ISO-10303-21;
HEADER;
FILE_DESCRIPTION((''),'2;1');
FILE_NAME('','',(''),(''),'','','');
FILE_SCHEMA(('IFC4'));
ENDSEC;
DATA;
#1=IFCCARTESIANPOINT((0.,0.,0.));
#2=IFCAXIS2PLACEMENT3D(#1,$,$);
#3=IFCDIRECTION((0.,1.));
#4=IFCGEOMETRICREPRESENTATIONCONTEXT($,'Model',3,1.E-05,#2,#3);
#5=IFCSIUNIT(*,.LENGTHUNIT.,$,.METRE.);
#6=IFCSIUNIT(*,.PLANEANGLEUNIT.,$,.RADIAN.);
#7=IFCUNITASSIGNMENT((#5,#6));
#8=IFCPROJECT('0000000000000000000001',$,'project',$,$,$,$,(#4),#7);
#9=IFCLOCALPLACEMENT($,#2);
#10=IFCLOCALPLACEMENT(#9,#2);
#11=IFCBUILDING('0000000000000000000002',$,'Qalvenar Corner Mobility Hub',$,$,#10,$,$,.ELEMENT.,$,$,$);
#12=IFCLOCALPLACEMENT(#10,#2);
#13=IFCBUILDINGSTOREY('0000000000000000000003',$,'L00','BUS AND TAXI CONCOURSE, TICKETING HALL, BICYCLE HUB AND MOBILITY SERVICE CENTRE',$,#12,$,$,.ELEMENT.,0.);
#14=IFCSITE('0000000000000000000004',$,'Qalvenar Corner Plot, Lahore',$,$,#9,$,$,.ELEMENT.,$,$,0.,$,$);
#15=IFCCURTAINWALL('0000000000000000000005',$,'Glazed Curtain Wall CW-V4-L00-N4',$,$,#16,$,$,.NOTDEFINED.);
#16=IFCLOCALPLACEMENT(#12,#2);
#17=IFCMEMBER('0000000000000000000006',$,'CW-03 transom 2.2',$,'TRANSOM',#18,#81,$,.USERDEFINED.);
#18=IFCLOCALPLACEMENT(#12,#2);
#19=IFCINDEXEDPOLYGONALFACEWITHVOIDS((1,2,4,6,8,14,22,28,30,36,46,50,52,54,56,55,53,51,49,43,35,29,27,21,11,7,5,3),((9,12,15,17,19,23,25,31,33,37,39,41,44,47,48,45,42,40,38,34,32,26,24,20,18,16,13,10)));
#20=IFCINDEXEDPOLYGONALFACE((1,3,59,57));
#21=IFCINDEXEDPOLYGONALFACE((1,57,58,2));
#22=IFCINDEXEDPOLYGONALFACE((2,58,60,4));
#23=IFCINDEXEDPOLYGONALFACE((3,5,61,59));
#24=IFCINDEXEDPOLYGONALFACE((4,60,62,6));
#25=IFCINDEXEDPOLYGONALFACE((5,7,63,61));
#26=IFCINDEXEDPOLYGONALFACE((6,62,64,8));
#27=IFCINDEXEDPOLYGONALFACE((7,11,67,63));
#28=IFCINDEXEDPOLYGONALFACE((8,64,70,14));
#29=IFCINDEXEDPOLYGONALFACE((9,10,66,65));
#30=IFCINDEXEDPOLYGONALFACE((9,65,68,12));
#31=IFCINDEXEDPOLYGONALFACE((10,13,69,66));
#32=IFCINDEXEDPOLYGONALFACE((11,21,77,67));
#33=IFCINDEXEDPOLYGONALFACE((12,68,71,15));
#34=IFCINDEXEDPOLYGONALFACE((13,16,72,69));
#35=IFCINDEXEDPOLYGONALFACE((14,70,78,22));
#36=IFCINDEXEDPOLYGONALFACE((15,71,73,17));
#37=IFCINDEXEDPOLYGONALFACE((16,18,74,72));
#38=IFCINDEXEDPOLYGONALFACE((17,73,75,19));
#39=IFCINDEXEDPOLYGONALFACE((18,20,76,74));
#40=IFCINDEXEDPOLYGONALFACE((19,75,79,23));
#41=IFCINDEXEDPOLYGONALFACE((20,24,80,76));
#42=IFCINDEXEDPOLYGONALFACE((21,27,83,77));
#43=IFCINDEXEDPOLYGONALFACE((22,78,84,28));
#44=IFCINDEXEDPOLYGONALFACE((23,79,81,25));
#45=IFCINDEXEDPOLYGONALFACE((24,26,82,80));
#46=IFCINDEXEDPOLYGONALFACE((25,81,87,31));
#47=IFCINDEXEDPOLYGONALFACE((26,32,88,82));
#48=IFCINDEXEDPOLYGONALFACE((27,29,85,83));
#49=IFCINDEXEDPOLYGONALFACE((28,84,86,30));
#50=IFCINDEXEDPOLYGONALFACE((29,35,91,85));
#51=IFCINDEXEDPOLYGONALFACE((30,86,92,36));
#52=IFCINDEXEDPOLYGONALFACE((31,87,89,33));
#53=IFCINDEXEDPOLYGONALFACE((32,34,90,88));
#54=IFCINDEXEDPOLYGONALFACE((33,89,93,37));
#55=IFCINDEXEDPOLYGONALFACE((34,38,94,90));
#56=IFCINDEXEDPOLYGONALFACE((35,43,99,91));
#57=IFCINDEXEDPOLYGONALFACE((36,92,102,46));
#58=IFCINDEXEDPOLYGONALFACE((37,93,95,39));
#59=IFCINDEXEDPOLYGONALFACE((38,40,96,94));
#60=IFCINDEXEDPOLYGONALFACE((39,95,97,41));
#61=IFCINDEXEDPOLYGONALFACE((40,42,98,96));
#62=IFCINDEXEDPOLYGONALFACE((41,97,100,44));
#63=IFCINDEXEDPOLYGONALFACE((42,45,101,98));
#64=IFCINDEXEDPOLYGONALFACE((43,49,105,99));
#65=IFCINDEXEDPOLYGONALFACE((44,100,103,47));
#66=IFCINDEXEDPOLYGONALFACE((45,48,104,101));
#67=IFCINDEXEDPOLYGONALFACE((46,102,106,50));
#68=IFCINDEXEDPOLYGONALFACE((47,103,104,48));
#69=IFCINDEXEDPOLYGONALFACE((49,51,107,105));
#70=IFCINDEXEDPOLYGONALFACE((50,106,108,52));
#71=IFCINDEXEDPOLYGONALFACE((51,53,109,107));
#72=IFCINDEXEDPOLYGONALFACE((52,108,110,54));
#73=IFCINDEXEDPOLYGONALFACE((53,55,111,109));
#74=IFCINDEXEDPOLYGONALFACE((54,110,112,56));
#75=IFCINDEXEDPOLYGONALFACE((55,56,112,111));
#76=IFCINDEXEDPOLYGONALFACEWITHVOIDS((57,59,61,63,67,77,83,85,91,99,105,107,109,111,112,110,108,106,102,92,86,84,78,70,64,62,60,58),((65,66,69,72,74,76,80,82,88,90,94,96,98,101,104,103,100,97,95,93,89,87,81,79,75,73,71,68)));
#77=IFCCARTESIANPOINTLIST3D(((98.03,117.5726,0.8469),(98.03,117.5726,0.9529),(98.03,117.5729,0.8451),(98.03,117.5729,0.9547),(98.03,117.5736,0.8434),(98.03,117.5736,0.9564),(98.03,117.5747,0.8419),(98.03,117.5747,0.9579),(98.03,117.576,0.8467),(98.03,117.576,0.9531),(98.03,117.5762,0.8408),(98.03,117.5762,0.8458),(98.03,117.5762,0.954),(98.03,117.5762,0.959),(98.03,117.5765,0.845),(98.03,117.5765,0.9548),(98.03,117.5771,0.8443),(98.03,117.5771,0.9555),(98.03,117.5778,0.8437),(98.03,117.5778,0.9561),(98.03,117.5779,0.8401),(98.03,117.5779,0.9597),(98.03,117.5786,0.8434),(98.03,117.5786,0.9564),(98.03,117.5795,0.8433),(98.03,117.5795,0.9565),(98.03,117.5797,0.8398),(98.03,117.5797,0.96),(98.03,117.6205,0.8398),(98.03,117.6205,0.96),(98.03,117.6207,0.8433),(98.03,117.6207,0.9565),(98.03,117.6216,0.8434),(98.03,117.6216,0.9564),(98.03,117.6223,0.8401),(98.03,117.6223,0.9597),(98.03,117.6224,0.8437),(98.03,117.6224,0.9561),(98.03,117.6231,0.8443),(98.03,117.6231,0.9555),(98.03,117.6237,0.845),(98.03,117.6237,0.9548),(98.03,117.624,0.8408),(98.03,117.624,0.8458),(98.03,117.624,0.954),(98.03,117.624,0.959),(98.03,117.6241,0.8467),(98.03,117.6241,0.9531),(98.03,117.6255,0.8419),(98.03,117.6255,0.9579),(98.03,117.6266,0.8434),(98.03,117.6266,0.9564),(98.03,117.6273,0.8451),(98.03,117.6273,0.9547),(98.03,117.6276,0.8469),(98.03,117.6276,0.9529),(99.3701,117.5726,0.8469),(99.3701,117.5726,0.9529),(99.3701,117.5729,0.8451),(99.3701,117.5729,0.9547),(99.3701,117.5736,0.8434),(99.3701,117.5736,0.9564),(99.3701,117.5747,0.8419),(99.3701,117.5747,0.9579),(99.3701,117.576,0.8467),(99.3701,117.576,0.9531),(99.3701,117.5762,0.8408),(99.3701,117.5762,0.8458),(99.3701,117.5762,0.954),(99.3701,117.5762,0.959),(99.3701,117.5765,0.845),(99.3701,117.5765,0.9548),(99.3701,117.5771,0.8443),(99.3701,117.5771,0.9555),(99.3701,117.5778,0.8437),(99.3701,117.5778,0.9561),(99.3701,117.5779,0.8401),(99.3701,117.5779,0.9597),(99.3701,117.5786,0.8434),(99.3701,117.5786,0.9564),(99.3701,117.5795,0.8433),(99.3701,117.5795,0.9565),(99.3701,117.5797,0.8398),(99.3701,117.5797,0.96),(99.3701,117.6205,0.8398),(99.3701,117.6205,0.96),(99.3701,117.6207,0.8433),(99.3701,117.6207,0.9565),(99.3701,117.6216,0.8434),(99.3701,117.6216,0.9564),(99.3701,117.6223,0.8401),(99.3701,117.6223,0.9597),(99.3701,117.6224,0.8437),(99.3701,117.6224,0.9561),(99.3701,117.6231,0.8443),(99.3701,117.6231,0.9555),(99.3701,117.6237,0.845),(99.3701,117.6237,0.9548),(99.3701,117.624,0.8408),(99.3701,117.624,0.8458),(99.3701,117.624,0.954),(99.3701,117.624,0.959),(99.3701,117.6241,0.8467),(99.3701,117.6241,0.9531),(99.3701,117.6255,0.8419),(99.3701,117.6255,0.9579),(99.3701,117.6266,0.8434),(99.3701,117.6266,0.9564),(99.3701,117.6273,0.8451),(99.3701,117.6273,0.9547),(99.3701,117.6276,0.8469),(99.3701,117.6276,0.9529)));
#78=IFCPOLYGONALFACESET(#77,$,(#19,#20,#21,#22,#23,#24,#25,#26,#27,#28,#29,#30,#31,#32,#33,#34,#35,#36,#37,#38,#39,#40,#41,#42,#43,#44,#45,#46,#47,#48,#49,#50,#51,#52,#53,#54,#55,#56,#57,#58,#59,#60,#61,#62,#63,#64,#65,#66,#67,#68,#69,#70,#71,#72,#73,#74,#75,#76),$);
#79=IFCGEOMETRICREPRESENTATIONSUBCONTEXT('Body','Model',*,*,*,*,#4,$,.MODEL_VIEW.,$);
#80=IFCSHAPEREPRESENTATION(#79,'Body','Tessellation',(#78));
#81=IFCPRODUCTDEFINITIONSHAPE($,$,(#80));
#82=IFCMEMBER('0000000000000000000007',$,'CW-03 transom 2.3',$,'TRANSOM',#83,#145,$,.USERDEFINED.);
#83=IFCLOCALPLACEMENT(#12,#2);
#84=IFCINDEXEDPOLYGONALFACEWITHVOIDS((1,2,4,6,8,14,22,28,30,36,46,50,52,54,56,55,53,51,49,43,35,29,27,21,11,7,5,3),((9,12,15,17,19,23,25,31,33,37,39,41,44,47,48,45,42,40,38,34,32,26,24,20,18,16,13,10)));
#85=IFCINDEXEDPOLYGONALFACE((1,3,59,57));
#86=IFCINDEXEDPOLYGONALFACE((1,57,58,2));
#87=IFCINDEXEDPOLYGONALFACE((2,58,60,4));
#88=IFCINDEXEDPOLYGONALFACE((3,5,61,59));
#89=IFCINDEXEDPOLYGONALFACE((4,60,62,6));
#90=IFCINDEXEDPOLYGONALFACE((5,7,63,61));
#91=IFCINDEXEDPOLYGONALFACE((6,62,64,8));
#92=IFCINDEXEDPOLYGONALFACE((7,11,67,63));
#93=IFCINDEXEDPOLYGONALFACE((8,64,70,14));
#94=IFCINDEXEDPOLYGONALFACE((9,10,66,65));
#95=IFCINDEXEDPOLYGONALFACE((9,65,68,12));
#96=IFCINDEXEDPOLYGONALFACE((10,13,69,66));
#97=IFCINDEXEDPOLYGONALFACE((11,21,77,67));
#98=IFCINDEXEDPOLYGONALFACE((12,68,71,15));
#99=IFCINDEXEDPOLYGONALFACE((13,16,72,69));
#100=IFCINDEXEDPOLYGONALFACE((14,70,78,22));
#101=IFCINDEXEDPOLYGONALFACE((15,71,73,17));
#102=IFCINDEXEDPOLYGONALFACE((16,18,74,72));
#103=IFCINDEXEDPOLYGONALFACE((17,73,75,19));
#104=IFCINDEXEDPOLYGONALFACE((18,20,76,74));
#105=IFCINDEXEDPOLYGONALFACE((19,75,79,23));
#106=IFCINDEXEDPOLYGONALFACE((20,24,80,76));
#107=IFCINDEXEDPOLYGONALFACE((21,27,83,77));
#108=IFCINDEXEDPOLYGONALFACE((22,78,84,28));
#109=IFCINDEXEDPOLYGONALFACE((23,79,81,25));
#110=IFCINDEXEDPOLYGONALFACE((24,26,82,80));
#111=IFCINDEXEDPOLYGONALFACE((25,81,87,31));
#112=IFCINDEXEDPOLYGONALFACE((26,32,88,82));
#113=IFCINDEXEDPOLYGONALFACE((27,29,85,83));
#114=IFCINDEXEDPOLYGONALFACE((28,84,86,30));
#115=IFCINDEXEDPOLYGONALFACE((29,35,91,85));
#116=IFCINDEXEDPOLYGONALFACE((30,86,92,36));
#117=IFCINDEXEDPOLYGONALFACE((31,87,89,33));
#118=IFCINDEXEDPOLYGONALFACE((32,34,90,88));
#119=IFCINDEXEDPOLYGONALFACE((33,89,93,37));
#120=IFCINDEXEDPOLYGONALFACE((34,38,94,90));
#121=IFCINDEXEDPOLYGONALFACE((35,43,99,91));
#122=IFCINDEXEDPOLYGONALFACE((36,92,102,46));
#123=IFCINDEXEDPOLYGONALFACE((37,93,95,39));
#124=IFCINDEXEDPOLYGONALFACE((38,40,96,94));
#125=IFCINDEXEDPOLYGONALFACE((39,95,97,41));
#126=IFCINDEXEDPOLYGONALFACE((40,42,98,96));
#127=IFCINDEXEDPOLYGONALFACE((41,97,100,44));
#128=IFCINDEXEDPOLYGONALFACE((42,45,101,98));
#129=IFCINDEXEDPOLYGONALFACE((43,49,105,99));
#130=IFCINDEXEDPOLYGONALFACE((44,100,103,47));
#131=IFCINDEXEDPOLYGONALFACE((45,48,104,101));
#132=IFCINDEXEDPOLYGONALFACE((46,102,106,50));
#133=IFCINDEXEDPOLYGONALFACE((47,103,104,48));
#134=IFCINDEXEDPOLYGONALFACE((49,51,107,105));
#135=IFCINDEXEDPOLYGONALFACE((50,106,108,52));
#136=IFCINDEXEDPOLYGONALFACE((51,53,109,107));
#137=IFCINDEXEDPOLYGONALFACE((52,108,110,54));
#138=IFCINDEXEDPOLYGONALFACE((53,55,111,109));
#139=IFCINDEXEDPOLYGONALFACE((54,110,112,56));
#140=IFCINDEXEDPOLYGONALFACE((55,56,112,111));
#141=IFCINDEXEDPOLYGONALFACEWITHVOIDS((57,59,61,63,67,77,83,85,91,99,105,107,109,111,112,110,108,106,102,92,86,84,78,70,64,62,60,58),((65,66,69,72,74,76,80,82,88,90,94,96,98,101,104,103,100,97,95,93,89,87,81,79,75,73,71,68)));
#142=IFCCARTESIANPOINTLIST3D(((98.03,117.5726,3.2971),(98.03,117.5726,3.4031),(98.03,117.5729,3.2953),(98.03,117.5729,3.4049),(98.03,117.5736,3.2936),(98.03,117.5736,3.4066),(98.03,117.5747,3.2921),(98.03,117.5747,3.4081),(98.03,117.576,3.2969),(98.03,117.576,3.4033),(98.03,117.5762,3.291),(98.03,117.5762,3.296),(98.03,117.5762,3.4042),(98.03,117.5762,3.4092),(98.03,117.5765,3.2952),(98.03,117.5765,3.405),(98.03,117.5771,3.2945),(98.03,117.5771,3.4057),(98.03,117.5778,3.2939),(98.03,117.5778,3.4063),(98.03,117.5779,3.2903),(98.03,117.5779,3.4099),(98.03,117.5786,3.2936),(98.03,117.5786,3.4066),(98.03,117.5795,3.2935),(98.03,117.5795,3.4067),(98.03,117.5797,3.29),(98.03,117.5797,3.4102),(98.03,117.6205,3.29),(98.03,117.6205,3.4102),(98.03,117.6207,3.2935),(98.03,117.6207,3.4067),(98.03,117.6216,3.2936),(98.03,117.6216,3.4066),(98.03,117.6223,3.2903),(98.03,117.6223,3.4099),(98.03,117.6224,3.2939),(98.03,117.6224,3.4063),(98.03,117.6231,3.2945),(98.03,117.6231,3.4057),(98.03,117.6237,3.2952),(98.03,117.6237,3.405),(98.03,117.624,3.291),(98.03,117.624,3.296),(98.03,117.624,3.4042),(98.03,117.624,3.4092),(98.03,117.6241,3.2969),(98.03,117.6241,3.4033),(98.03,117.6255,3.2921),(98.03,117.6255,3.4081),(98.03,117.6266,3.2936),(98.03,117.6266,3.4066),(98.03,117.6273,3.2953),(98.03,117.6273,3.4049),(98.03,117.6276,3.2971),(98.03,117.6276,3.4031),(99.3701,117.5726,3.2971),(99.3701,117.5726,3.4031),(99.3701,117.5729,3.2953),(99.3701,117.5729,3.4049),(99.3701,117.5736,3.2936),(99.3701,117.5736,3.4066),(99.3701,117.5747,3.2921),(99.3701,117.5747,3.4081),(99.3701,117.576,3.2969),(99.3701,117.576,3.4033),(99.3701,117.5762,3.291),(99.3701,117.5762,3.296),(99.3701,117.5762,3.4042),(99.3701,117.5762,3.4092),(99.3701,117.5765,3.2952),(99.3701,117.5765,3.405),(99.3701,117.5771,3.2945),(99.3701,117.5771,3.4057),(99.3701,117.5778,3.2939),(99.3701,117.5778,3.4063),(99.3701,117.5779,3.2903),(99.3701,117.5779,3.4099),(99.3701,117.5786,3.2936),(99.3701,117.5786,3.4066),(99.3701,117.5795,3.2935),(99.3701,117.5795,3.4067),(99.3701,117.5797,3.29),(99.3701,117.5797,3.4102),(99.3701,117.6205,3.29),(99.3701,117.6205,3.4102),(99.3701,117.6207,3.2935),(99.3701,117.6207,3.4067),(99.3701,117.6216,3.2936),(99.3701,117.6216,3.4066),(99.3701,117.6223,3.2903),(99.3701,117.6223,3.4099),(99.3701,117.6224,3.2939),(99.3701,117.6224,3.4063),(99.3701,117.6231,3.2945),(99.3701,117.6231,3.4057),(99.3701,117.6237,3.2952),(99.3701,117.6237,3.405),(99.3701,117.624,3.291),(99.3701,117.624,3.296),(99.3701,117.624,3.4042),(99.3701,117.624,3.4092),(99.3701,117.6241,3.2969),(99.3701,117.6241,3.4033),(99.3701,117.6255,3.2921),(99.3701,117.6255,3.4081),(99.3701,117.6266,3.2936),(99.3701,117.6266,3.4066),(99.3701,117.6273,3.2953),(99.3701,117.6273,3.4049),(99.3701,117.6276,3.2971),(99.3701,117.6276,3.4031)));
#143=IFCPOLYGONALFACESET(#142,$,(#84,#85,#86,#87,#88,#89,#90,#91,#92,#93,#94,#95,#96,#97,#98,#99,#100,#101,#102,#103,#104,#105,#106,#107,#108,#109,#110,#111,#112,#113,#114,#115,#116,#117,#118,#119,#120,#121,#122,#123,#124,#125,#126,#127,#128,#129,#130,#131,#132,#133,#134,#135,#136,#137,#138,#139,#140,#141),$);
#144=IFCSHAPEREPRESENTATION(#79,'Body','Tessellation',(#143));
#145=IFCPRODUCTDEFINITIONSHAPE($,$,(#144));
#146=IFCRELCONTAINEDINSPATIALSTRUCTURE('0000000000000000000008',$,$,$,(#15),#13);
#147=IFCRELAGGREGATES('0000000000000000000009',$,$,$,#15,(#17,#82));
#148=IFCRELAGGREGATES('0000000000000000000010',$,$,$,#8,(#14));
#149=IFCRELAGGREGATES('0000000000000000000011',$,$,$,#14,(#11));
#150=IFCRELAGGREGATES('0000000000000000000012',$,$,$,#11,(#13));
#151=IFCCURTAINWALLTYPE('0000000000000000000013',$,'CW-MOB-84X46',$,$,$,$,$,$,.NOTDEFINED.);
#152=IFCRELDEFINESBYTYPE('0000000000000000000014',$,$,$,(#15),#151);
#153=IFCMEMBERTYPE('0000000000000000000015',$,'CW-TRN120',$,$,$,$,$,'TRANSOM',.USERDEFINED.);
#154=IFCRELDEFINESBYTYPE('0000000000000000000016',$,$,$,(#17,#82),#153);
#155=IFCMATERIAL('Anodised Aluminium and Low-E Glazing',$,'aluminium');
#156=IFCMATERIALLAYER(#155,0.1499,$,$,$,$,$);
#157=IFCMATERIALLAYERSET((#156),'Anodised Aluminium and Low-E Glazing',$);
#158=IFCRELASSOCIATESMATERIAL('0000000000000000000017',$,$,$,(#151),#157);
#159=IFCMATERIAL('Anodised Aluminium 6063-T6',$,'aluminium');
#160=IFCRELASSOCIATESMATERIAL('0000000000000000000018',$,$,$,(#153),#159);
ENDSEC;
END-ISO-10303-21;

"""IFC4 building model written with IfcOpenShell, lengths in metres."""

from ifc_helpers import new_model, si_unit, direction, frame, origin, origin_2d, place, context, subcontext, project, spatial, hollow_rectangle, extrude, material, layer, layer_set, material_profile, profile_set, type_object, element, aggregate, save


model = new_model("IFC4")

# Units and contexts
model_context = context("Model", 3, precision=1e-05, world=origin(), true_north=direction((0.0, 1.0)))
body_context = subcontext(model_context, "Body", "Model", "MODEL_VIEW")
ifc_project = project(units=[si_unit("LENGTHUNIT", "METRE"), si_unit("PLANEANGLEUNIT", "RADIAN")], contexts=[model_context])

# Site, building, storey
site_placement = place(None, origin())
site = spatial("IfcSite", under=ifc_project, at=site_placement, Name="Qalvenar Corner Plot, Lahore", CompositionType="ELEMENT", RefElevation=0.0)
building_placement = place(site_placement, origin())
building = spatial("IfcBuilding", under=site, at=building_placement, Name="Qalvenar Corner Mobility Hub", CompositionType="ELEMENT")
storey_placement = place(building_placement, origin())
storey = spatial("IfcBuildingStorey", under=building, at=storey_placement, Name="L00", Description="BUS AND TAXI CONCOURSE, TICKETING HALL, BICYCLE HUB AND MOBILITY SERVICE CENTRE", CompositionType="ELEMENT", Elevation=0.0)

# Curtain wall, members
ifc_material_1 = material(Name="Anodised Aluminium and Low-E Glazing", Category="aluminium")
ifc_layer_1 = layer(ifc_material_1, 0.1499)
ifc_layer_set_1 = layer_set([ifc_layer_1], Name="Anodised Aluminium and Low-E Glazing")
curtain_wall_type = type_object("IfcCurtainWallType", Name="CW-MOB-84X46", PredefinedType="NOTDEFINED", material=ifc_layer_set_1)
curtain_wall_placement = place(storey_placement, origin())
curtain_wall = element("IfcCurtainWall", 1, at=curtain_wall_placement, inside=storey, type_object=curtain_wall_type, Name="Glazed Curtain Wall CW-V4-L00-N4", PredefinedType="NOTDEFINED")
ifc_material_2 = material(Name="Anodised Aluminium 6063-T6", Category="aluminium")
ifc_material_profile_1 = material_profile(ifc_material_2, hollow_rectangle(XDim=0.0549, YDim=0.1201, WallThickness=0.0034, InnerFilletRadius=0.0034, OuterFilletRadius=0.0071, at=origin_2d()), Name="RHS120x55x3.5")
ifc_profile_set_1 = profile_set([ifc_material_profile_1], Name="Anodised Aluminium 6063-T6")
member_type_1 = type_object("IfcMemberType", Name="CW-TRN120", ElementType="TRANSOM", PredefinedType="USERDEFINED", material=ifc_profile_set_1)
member_1_placement = place(storey_placement, frame((99.3701, 117.6001, 0.8999), z_axis=(-1.0, 0.0, 0.0), x_axis=(0.0, -1.0, 0.0)))
member_1 = element("IfcMember", 2, at=member_1_placement, type_object=member_type_1, Name="CW-03 transom 2.2", ObjectType="TRANSOM", PredefinedType="USERDEFINED", context=body_context, shape_type="SweptSolid", body=[
    extrude(hollow_rectangle(XDim=0.0549, YDim=0.1201, WallThickness=0.0034, InnerFilletRadius=0.0034, OuterFilletRadius=0.0071, at=origin_2d()), origin(), (0.0, 0.0, 1.0), 1.3401),
])
member_2_placement = place(storey_placement, frame((99.3701, 117.6001, 3.3501), z_axis=(-1.0, 0.0, 0.0), x_axis=(0.0, -1.0, 0.0)))
member_2 = element("IfcMember", 3, at=member_2_placement, type_object=member_type_1, Name="CW-03 transom 2.3", ObjectType="TRANSOM", PredefinedType="USERDEFINED", context=body_context, shape_type="SweptSolid", body=[
    extrude(hollow_rectangle(XDim=0.0549, YDim=0.1201, WallThickness=0.0034, InnerFilletRadius=0.0034, OuterFilletRadius=0.0071, at=origin_2d()), origin(), (0.0, 0.0, 1.0), 1.3401),
])
aggregate(curtain_wall, [member_1, member_2])

save(model, "model.ifc")
